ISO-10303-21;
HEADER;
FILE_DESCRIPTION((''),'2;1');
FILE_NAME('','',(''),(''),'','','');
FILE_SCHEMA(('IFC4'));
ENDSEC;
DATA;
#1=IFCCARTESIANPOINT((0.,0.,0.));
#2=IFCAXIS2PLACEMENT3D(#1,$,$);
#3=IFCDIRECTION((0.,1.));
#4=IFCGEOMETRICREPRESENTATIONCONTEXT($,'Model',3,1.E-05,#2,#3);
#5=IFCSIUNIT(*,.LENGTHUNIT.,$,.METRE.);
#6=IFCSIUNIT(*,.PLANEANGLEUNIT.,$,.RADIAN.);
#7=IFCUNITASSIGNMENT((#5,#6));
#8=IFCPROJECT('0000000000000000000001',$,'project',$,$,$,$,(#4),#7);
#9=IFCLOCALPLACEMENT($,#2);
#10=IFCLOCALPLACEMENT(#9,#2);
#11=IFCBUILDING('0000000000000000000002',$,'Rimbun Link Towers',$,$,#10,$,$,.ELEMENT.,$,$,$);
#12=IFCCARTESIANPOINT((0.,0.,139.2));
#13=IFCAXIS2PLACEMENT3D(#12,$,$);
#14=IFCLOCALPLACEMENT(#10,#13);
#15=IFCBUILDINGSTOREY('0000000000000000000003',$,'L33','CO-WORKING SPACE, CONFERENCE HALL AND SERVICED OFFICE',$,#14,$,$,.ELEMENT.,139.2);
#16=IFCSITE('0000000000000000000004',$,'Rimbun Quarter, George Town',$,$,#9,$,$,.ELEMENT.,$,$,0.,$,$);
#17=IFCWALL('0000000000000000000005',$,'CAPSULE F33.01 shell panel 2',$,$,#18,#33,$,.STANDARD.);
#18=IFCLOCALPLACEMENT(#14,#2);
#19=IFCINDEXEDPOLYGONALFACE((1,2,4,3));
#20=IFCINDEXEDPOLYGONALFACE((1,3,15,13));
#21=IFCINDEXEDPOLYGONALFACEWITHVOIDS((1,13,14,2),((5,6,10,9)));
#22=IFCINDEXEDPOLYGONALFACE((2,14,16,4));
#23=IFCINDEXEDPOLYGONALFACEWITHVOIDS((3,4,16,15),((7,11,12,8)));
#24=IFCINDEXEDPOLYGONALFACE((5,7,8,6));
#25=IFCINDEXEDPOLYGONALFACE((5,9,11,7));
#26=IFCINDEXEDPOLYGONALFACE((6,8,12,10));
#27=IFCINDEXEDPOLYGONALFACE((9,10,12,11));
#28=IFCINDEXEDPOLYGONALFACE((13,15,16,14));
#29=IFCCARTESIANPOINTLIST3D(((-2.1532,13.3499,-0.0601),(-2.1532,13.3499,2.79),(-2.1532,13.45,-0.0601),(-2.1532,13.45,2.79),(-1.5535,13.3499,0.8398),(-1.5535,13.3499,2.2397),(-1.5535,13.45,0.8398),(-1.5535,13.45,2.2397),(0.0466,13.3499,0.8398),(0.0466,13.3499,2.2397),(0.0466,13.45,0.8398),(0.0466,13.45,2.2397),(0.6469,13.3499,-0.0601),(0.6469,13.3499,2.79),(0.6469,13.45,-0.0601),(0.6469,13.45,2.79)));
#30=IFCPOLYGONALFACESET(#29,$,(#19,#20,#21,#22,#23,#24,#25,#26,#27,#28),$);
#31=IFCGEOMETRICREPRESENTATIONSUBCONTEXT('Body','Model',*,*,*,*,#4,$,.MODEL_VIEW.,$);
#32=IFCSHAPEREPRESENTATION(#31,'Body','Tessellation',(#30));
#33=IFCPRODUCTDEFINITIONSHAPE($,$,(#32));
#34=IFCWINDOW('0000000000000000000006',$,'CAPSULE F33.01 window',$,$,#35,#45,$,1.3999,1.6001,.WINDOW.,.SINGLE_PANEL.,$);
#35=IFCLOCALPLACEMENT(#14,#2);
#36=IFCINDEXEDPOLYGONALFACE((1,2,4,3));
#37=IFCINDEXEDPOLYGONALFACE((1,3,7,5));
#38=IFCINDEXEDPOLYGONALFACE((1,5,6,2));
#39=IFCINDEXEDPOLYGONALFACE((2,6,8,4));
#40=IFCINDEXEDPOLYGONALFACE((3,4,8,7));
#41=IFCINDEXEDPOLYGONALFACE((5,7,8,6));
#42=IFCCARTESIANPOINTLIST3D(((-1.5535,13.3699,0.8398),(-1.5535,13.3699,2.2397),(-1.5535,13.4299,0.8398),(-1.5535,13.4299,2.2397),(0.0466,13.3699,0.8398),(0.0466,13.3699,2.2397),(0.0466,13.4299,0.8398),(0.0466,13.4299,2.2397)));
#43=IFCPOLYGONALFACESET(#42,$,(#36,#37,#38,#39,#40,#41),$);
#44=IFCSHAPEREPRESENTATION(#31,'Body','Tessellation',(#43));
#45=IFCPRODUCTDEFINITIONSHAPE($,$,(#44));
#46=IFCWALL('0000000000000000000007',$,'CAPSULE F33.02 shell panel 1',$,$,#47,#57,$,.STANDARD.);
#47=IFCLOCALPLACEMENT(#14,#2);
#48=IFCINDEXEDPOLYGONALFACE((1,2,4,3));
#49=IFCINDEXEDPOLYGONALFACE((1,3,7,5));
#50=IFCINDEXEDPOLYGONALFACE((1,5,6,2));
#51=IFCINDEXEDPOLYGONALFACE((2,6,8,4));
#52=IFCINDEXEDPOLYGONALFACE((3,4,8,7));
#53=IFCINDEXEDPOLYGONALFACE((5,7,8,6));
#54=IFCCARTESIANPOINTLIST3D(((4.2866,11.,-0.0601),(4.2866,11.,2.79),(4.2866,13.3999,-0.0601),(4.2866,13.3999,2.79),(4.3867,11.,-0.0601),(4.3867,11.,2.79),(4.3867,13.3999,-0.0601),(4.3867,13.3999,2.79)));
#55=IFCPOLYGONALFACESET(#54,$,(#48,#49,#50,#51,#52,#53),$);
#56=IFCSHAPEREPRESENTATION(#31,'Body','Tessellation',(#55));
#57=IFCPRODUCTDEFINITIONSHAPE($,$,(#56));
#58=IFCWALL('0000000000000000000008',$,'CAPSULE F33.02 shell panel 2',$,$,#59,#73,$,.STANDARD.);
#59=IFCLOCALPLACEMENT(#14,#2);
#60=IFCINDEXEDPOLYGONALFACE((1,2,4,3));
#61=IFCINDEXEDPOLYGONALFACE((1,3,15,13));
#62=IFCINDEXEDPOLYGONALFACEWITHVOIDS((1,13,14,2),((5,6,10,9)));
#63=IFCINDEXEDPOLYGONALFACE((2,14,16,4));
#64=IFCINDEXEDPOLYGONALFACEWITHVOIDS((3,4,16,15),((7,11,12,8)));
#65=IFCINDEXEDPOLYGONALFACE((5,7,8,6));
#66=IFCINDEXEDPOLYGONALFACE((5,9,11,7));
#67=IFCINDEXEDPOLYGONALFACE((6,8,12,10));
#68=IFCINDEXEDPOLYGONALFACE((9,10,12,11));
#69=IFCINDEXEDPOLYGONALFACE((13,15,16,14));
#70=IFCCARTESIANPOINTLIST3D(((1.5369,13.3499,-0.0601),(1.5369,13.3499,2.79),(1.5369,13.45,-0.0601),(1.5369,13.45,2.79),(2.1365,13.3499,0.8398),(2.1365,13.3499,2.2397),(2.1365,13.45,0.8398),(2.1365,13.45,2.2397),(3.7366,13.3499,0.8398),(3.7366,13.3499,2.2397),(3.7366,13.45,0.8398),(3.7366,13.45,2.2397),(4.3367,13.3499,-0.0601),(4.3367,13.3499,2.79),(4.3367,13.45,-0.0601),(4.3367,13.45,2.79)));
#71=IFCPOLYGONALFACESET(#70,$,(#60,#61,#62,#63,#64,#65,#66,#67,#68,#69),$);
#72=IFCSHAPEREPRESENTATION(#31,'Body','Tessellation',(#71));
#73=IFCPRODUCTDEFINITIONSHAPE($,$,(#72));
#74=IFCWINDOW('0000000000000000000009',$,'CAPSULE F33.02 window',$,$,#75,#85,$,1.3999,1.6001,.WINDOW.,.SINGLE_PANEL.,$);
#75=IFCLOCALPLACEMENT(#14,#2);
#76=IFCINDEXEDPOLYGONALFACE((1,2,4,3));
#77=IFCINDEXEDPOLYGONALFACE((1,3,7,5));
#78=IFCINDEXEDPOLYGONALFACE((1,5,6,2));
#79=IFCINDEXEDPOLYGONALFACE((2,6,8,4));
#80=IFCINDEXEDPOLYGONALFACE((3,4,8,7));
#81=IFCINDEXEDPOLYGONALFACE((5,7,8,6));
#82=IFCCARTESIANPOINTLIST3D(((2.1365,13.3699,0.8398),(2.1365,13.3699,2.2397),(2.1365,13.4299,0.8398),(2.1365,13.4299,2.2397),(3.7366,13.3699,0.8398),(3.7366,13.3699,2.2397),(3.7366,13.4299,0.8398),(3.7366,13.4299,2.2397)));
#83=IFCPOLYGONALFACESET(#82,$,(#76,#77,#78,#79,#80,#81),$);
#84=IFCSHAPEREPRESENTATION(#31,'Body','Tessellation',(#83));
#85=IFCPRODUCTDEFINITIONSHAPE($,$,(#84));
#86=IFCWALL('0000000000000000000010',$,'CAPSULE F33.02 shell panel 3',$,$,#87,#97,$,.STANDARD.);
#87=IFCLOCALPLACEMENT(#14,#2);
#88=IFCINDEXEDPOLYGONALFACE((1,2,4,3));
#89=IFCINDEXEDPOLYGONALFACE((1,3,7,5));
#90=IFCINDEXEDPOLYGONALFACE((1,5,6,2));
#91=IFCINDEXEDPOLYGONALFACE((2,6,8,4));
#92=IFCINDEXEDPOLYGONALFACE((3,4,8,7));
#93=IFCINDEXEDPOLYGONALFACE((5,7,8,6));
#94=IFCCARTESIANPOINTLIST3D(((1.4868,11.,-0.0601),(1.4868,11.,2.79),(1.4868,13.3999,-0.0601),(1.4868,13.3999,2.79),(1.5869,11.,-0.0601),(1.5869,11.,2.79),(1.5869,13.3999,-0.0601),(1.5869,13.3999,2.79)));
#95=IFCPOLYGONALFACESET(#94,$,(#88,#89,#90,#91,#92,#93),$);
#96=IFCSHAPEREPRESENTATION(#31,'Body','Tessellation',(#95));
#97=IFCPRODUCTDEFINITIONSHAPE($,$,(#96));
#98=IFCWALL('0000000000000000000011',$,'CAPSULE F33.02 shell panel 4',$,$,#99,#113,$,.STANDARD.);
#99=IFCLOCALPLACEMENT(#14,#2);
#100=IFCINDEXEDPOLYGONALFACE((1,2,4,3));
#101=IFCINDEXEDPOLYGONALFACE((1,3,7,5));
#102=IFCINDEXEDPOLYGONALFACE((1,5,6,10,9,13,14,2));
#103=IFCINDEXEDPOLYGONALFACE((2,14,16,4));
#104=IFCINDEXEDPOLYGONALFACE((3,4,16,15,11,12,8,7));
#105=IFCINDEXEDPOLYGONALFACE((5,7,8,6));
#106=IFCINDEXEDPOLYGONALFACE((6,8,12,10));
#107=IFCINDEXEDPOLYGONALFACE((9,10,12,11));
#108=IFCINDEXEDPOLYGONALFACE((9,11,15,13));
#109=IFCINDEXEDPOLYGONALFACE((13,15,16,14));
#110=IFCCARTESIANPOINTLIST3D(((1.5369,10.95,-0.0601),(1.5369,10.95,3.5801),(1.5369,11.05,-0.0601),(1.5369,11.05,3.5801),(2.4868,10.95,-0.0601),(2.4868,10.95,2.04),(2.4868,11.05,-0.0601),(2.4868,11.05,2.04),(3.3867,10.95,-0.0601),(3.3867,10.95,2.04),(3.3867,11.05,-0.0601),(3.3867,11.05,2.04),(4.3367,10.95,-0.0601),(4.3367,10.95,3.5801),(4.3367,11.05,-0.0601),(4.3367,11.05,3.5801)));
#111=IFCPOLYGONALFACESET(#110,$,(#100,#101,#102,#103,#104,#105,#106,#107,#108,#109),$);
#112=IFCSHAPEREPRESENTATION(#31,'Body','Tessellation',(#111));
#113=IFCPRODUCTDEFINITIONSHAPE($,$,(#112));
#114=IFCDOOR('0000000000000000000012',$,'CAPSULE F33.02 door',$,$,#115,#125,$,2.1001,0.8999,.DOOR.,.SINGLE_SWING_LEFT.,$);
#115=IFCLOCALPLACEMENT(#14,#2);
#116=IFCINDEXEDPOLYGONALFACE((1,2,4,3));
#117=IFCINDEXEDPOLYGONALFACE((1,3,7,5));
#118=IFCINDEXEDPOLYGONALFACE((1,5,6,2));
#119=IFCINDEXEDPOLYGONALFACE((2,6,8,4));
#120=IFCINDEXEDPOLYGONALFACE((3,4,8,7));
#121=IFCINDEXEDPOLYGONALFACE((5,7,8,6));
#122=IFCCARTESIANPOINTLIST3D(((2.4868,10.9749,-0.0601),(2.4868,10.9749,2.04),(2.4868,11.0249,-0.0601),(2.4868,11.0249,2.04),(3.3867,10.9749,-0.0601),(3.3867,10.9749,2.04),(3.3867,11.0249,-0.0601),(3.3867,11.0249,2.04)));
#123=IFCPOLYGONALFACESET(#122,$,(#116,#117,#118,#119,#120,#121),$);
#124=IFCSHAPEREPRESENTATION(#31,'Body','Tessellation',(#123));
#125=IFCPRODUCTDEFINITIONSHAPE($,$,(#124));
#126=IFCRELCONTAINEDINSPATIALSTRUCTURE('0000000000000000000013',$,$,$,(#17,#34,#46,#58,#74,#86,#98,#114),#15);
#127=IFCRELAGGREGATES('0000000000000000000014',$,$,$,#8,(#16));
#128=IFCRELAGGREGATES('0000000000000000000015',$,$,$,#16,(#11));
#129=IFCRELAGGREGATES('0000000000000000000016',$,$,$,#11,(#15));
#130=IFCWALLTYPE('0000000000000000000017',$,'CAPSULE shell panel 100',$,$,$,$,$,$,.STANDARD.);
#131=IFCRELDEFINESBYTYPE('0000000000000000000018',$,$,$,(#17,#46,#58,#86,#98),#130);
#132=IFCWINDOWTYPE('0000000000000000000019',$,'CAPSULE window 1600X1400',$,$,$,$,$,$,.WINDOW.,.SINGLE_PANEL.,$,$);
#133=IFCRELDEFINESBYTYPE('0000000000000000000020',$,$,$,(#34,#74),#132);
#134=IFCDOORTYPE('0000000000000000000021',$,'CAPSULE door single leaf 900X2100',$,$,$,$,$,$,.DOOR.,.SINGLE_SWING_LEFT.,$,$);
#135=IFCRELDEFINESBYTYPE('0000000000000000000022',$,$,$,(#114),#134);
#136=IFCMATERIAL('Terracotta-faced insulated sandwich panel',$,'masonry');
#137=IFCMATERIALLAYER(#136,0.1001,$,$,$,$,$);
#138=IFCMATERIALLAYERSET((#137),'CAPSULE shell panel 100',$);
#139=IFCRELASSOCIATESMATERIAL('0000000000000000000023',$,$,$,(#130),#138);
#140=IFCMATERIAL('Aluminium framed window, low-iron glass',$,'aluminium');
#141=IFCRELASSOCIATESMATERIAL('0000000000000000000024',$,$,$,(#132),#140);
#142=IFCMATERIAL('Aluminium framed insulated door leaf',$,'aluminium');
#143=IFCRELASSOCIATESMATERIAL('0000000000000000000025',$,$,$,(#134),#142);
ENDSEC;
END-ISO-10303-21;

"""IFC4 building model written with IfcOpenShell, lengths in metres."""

from ifc_helpers import new_model, si_unit, direction, frame, frame_2d, origin, place, context, subcontext, project, spatial, rectangle, extrude, material, layer, layer_set, type_object, element, fill, save


model = new_model("IFC4")

# Units and contexts
model_context = context("Model", 3, precision=1e-05, world=origin(), true_north=direction((0.0, 1.0)))
body_context = subcontext(model_context, "Body", "Model", "MODEL_VIEW")
ifc_project = project(units=[si_unit("LENGTHUNIT", "METRE"), si_unit("PLANEANGLEUNIT", "RADIAN")], contexts=[model_context])

# Site, building, storey
site_placement = place(None, origin())
site = spatial("IfcSite", under=ifc_project, at=site_placement, Name="Rimbun Quarter, George Town", CompositionType="ELEMENT", RefElevation=0.0)
building_placement = place(site_placement, origin())
building = spatial("IfcBuilding", under=site, at=building_placement, Name="Rimbun Link Towers", CompositionType="ELEMENT")
storey_placement = place(building_placement, frame((0.0, 0.0, 139.2)))
storey = spatial("IfcBuildingStorey", under=building, at=storey_placement, Name="L33", Description="CO-WORKING SPACE, CONFERENCE HALL AND SERVICED OFFICE", CompositionType="ELEMENT", Elevation=139.2)

# Shared definitions
ifc_material_1 = material(Name="Terracotta-faced insulated sandwich panel", Category="masonry")
ifc_layer_1 = layer(ifc_material_1, 0.1001)
ifc_layer_set_1 = layer_set([ifc_layer_1], Name="CAPSULE shell panel 100")
wall_type = type_object("IfcWallType", Name="CAPSULE shell panel 100", PredefinedType="STANDARD", material=ifc_layer_set_1)

# Wall, opening, window
wall_1_placement = place(storey_placement, frame((0.6467, 13.3999, -0.0601), z_axis=(0.0, 0.0, 1.0), x_axis=(-1.0, 0.0, 0.0)))
wall_1 = element("IfcWall", 1, at=wall_1_placement, inside=storey, type_object=wall_type, Name="CAPSULE F33.01 shell panel 2", PredefinedType="STANDARD", context=body_context, shape_type="SweptSolid", body=[
    extrude(rectangle(XDim=2.8, YDim=0.1001, at=frame_2d((1.3999, 0.0))), origin(), (0.0, 0.0, 1.0), 2.8501),
])
opening_1_placement = place(wall_1_placement, frame((0.6001, 0.0, 0.8999)))
opening_1 = element("IfcOpeningElement", 2, at=opening_1_placement, cuts=wall_1, PredefinedType="OPENING", context=body_context, shape_type="SweptSolid", body=[
    extrude(rectangle(XDim=1.6001, YDim=1.3999, at=frame_2d((0.8, 0.7))), frame((0.0, 0.0601, 0.0), z_axis=(0.0, -1.0, 0.0), x_axis=(1.0, 0.0, 0.0)), (0.0, 0.0, 1.0), 0.1201),
])
ifc_material_2 = material(Name="Aluminium framed window, low-iron glass", Category="aluminium")
window_type = type_object("IfcWindowType", Name="CAPSULE window 1600X1400", PartitioningType="SINGLE_PANEL", PredefinedType="WINDOW", material=ifc_material_2)
window_1_placement = place(opening_1_placement, origin())
window_1 = element("IfcWindow", 3, at=window_1_placement, inside=storey, type_object=window_type, Name="CAPSULE F33.01 window", OverallHeight=1.3999, OverallWidth=1.6001, PartitioningType="SINGLE_PANEL", PredefinedType="WINDOW", context=body_context, shape_type="SweptSolid", body=[
    extrude(rectangle(XDim=1.6001, YDim=1.3999, at=frame_2d((0.8, 0.7))), frame((0.0, 0.03, 0.0), z_axis=(0.0, -1.0, 0.0), x_axis=(1.0, 0.0, 0.0)), (0.0, 0.0, 1.0), 0.0601),
])
fill(opening_1, window_1)

# Wall
wall_2_placement = place(storey_placement, frame((4.3367, 11.0, -0.0601), z_axis=(0.0, 0.0, 1.0), x_axis=(0.0, 1.0, 0.0)))
element("IfcWall", 4, at=wall_2_placement, inside=storey, type_object=wall_type, Name="CAPSULE F33.02 shell panel 1", PredefinedType="STANDARD", context=body_context, shape_type="SweptSolid", body=[
    extrude(rectangle(XDim=2.3999, YDim=0.1001, at=frame_2d((1.2, 0.0))), origin(), (0.0, 0.0, 1.0), 2.8501),
])

# Wall, opening, window
wall_3_placement = place(storey_placement, frame((4.3367, 13.3999, -0.0601), z_axis=(0.0, 0.0, 1.0), x_axis=(-1.0, 0.0, 0.0)))
wall_3 = element("IfcWall", 5, at=wall_3_placement, inside=storey, type_object=wall_type, Name="CAPSULE F33.02 shell panel 2", PredefinedType="STANDARD", context=body_context, shape_type="SweptSolid", body=[
    extrude(rectangle(XDim=2.7998, YDim=0.1001, at=frame_2d((1.3999, 0.0))), origin(), (0.0, 0.0, 1.0), 2.8501),
])
opening_2_placement = place(wall_3_placement, frame((0.6001, 0.0, 0.8999)))
opening_2 = element("IfcOpeningElement", 6, at=opening_2_placement, cuts=wall_3, PredefinedType="OPENING", context=body_context, shape_type="SweptSolid", body=[
    extrude(rectangle(XDim=1.6001, YDim=1.3999, at=frame_2d((0.8, 0.7))), frame((0.0, 0.0601, 0.0), z_axis=(0.0, -1.0, 0.0), x_axis=(1.0, 0.0, 0.0)), (0.0, 0.0, 1.0), 0.1201),
])
window_2_placement = place(opening_2_placement, origin())
window_2 = element("IfcWindow", 7, at=window_2_placement, inside=storey, type_object=window_type, Name="CAPSULE F33.02 window", OverallHeight=1.3999, OverallWidth=1.6001, PartitioningType="SINGLE_PANEL", PredefinedType="WINDOW", context=body_context, shape_type="SweptSolid", body=[
    extrude(rectangle(XDim=1.6001, YDim=1.3999, at=frame_2d((0.8, 0.7))), frame((0.0, 0.03, 0.0), z_axis=(0.0, -1.0, 0.0), x_axis=(1.0, 0.0, 0.0)), (0.0, 0.0, 1.0), 0.0601),
])
fill(opening_2, window_2)

# Wall
wall_4_placement = place(storey_placement, frame((1.5369, 13.3999, -0.0601), z_axis=(0.0, 0.0, 1.0), x_axis=(0.0, -1.0, 0.0)))
element("IfcWall", 8, at=wall_4_placement, inside=storey, type_object=wall_type, Name="CAPSULE F33.02 shell panel 3", PredefinedType="STANDARD", context=body_context, shape_type="SweptSolid", body=[
    extrude(rectangle(XDim=2.3999, YDim=0.1001, at=frame_2d((1.2, 0.0))), origin(), (0.0, 0.0, 1.0), 2.8501),
])

# Wall, opening, door
wall_5_placement = place(storey_placement, frame((1.5369, 11.0, -0.0601), z_axis=(0.0, 0.0, 1.0), x_axis=(1.0, 0.0, 0.0)))
wall_5 = element("IfcWall", 9, at=wall_5_placement, inside=storey, type_object=wall_type, Name="CAPSULE F33.02 shell panel 4", PredefinedType="STANDARD", context=body_context, shape_type="SweptSolid", body=[
    extrude(rectangle(XDim=2.7998, YDim=0.1001, at=frame_2d((1.3999, 0.0))), origin(), (0.0, 0.0, 1.0), 3.6401),
])
opening_3_placement = place(wall_5_placement, frame((0.95, 0.0, 0.0)))
opening_3 = element("IfcOpeningElement", 10, at=opening_3_placement, cuts=wall_5, PredefinedType="OPENING", context=body_context, shape_type="SweptSolid", body=[
    extrude(rectangle(XDim=0.8999, YDim=2.1001, at=frame_2d((0.45, 1.05))), frame((0.0, 0.0601, 0.0), z_axis=(0.0, -1.0, 0.0), x_axis=(1.0, 0.0, 0.0)), (0.0, 0.0, 1.0), 0.1201),
])
ifc_material_3 = material(Name="Aluminium framed insulated door leaf", Category="aluminium")
door_type = type_object("IfcDoorType", Name="CAPSULE door single leaf 900X2100", OperationType="SINGLE_SWING_LEFT", PredefinedType="DOOR", material=ifc_material_3)
door_placement = place(opening_3_placement, origin())
door = element("IfcDoor", 11, at=door_placement, inside=storey, type_object=door_type, Name="CAPSULE F33.02 door", OperationType="SINGLE_SWING_LEFT", OverallHeight=2.1001, OverallWidth=0.8999, PredefinedType="DOOR", context=body_context, shape_type="SweptSolid", body=[
    extrude(rectangle(XDim=0.8999, YDim=2.1001, at=frame_2d((0.45, 1.05))), frame((0.0, 0.0249, 0.0), z_axis=(0.0, -1.0, 0.0), x_axis=(1.0, 0.0, 0.0)), (0.0, 0.0, 1.0), 0.05),
])
fill(opening_3, door)

save(model, "model.ifc")
